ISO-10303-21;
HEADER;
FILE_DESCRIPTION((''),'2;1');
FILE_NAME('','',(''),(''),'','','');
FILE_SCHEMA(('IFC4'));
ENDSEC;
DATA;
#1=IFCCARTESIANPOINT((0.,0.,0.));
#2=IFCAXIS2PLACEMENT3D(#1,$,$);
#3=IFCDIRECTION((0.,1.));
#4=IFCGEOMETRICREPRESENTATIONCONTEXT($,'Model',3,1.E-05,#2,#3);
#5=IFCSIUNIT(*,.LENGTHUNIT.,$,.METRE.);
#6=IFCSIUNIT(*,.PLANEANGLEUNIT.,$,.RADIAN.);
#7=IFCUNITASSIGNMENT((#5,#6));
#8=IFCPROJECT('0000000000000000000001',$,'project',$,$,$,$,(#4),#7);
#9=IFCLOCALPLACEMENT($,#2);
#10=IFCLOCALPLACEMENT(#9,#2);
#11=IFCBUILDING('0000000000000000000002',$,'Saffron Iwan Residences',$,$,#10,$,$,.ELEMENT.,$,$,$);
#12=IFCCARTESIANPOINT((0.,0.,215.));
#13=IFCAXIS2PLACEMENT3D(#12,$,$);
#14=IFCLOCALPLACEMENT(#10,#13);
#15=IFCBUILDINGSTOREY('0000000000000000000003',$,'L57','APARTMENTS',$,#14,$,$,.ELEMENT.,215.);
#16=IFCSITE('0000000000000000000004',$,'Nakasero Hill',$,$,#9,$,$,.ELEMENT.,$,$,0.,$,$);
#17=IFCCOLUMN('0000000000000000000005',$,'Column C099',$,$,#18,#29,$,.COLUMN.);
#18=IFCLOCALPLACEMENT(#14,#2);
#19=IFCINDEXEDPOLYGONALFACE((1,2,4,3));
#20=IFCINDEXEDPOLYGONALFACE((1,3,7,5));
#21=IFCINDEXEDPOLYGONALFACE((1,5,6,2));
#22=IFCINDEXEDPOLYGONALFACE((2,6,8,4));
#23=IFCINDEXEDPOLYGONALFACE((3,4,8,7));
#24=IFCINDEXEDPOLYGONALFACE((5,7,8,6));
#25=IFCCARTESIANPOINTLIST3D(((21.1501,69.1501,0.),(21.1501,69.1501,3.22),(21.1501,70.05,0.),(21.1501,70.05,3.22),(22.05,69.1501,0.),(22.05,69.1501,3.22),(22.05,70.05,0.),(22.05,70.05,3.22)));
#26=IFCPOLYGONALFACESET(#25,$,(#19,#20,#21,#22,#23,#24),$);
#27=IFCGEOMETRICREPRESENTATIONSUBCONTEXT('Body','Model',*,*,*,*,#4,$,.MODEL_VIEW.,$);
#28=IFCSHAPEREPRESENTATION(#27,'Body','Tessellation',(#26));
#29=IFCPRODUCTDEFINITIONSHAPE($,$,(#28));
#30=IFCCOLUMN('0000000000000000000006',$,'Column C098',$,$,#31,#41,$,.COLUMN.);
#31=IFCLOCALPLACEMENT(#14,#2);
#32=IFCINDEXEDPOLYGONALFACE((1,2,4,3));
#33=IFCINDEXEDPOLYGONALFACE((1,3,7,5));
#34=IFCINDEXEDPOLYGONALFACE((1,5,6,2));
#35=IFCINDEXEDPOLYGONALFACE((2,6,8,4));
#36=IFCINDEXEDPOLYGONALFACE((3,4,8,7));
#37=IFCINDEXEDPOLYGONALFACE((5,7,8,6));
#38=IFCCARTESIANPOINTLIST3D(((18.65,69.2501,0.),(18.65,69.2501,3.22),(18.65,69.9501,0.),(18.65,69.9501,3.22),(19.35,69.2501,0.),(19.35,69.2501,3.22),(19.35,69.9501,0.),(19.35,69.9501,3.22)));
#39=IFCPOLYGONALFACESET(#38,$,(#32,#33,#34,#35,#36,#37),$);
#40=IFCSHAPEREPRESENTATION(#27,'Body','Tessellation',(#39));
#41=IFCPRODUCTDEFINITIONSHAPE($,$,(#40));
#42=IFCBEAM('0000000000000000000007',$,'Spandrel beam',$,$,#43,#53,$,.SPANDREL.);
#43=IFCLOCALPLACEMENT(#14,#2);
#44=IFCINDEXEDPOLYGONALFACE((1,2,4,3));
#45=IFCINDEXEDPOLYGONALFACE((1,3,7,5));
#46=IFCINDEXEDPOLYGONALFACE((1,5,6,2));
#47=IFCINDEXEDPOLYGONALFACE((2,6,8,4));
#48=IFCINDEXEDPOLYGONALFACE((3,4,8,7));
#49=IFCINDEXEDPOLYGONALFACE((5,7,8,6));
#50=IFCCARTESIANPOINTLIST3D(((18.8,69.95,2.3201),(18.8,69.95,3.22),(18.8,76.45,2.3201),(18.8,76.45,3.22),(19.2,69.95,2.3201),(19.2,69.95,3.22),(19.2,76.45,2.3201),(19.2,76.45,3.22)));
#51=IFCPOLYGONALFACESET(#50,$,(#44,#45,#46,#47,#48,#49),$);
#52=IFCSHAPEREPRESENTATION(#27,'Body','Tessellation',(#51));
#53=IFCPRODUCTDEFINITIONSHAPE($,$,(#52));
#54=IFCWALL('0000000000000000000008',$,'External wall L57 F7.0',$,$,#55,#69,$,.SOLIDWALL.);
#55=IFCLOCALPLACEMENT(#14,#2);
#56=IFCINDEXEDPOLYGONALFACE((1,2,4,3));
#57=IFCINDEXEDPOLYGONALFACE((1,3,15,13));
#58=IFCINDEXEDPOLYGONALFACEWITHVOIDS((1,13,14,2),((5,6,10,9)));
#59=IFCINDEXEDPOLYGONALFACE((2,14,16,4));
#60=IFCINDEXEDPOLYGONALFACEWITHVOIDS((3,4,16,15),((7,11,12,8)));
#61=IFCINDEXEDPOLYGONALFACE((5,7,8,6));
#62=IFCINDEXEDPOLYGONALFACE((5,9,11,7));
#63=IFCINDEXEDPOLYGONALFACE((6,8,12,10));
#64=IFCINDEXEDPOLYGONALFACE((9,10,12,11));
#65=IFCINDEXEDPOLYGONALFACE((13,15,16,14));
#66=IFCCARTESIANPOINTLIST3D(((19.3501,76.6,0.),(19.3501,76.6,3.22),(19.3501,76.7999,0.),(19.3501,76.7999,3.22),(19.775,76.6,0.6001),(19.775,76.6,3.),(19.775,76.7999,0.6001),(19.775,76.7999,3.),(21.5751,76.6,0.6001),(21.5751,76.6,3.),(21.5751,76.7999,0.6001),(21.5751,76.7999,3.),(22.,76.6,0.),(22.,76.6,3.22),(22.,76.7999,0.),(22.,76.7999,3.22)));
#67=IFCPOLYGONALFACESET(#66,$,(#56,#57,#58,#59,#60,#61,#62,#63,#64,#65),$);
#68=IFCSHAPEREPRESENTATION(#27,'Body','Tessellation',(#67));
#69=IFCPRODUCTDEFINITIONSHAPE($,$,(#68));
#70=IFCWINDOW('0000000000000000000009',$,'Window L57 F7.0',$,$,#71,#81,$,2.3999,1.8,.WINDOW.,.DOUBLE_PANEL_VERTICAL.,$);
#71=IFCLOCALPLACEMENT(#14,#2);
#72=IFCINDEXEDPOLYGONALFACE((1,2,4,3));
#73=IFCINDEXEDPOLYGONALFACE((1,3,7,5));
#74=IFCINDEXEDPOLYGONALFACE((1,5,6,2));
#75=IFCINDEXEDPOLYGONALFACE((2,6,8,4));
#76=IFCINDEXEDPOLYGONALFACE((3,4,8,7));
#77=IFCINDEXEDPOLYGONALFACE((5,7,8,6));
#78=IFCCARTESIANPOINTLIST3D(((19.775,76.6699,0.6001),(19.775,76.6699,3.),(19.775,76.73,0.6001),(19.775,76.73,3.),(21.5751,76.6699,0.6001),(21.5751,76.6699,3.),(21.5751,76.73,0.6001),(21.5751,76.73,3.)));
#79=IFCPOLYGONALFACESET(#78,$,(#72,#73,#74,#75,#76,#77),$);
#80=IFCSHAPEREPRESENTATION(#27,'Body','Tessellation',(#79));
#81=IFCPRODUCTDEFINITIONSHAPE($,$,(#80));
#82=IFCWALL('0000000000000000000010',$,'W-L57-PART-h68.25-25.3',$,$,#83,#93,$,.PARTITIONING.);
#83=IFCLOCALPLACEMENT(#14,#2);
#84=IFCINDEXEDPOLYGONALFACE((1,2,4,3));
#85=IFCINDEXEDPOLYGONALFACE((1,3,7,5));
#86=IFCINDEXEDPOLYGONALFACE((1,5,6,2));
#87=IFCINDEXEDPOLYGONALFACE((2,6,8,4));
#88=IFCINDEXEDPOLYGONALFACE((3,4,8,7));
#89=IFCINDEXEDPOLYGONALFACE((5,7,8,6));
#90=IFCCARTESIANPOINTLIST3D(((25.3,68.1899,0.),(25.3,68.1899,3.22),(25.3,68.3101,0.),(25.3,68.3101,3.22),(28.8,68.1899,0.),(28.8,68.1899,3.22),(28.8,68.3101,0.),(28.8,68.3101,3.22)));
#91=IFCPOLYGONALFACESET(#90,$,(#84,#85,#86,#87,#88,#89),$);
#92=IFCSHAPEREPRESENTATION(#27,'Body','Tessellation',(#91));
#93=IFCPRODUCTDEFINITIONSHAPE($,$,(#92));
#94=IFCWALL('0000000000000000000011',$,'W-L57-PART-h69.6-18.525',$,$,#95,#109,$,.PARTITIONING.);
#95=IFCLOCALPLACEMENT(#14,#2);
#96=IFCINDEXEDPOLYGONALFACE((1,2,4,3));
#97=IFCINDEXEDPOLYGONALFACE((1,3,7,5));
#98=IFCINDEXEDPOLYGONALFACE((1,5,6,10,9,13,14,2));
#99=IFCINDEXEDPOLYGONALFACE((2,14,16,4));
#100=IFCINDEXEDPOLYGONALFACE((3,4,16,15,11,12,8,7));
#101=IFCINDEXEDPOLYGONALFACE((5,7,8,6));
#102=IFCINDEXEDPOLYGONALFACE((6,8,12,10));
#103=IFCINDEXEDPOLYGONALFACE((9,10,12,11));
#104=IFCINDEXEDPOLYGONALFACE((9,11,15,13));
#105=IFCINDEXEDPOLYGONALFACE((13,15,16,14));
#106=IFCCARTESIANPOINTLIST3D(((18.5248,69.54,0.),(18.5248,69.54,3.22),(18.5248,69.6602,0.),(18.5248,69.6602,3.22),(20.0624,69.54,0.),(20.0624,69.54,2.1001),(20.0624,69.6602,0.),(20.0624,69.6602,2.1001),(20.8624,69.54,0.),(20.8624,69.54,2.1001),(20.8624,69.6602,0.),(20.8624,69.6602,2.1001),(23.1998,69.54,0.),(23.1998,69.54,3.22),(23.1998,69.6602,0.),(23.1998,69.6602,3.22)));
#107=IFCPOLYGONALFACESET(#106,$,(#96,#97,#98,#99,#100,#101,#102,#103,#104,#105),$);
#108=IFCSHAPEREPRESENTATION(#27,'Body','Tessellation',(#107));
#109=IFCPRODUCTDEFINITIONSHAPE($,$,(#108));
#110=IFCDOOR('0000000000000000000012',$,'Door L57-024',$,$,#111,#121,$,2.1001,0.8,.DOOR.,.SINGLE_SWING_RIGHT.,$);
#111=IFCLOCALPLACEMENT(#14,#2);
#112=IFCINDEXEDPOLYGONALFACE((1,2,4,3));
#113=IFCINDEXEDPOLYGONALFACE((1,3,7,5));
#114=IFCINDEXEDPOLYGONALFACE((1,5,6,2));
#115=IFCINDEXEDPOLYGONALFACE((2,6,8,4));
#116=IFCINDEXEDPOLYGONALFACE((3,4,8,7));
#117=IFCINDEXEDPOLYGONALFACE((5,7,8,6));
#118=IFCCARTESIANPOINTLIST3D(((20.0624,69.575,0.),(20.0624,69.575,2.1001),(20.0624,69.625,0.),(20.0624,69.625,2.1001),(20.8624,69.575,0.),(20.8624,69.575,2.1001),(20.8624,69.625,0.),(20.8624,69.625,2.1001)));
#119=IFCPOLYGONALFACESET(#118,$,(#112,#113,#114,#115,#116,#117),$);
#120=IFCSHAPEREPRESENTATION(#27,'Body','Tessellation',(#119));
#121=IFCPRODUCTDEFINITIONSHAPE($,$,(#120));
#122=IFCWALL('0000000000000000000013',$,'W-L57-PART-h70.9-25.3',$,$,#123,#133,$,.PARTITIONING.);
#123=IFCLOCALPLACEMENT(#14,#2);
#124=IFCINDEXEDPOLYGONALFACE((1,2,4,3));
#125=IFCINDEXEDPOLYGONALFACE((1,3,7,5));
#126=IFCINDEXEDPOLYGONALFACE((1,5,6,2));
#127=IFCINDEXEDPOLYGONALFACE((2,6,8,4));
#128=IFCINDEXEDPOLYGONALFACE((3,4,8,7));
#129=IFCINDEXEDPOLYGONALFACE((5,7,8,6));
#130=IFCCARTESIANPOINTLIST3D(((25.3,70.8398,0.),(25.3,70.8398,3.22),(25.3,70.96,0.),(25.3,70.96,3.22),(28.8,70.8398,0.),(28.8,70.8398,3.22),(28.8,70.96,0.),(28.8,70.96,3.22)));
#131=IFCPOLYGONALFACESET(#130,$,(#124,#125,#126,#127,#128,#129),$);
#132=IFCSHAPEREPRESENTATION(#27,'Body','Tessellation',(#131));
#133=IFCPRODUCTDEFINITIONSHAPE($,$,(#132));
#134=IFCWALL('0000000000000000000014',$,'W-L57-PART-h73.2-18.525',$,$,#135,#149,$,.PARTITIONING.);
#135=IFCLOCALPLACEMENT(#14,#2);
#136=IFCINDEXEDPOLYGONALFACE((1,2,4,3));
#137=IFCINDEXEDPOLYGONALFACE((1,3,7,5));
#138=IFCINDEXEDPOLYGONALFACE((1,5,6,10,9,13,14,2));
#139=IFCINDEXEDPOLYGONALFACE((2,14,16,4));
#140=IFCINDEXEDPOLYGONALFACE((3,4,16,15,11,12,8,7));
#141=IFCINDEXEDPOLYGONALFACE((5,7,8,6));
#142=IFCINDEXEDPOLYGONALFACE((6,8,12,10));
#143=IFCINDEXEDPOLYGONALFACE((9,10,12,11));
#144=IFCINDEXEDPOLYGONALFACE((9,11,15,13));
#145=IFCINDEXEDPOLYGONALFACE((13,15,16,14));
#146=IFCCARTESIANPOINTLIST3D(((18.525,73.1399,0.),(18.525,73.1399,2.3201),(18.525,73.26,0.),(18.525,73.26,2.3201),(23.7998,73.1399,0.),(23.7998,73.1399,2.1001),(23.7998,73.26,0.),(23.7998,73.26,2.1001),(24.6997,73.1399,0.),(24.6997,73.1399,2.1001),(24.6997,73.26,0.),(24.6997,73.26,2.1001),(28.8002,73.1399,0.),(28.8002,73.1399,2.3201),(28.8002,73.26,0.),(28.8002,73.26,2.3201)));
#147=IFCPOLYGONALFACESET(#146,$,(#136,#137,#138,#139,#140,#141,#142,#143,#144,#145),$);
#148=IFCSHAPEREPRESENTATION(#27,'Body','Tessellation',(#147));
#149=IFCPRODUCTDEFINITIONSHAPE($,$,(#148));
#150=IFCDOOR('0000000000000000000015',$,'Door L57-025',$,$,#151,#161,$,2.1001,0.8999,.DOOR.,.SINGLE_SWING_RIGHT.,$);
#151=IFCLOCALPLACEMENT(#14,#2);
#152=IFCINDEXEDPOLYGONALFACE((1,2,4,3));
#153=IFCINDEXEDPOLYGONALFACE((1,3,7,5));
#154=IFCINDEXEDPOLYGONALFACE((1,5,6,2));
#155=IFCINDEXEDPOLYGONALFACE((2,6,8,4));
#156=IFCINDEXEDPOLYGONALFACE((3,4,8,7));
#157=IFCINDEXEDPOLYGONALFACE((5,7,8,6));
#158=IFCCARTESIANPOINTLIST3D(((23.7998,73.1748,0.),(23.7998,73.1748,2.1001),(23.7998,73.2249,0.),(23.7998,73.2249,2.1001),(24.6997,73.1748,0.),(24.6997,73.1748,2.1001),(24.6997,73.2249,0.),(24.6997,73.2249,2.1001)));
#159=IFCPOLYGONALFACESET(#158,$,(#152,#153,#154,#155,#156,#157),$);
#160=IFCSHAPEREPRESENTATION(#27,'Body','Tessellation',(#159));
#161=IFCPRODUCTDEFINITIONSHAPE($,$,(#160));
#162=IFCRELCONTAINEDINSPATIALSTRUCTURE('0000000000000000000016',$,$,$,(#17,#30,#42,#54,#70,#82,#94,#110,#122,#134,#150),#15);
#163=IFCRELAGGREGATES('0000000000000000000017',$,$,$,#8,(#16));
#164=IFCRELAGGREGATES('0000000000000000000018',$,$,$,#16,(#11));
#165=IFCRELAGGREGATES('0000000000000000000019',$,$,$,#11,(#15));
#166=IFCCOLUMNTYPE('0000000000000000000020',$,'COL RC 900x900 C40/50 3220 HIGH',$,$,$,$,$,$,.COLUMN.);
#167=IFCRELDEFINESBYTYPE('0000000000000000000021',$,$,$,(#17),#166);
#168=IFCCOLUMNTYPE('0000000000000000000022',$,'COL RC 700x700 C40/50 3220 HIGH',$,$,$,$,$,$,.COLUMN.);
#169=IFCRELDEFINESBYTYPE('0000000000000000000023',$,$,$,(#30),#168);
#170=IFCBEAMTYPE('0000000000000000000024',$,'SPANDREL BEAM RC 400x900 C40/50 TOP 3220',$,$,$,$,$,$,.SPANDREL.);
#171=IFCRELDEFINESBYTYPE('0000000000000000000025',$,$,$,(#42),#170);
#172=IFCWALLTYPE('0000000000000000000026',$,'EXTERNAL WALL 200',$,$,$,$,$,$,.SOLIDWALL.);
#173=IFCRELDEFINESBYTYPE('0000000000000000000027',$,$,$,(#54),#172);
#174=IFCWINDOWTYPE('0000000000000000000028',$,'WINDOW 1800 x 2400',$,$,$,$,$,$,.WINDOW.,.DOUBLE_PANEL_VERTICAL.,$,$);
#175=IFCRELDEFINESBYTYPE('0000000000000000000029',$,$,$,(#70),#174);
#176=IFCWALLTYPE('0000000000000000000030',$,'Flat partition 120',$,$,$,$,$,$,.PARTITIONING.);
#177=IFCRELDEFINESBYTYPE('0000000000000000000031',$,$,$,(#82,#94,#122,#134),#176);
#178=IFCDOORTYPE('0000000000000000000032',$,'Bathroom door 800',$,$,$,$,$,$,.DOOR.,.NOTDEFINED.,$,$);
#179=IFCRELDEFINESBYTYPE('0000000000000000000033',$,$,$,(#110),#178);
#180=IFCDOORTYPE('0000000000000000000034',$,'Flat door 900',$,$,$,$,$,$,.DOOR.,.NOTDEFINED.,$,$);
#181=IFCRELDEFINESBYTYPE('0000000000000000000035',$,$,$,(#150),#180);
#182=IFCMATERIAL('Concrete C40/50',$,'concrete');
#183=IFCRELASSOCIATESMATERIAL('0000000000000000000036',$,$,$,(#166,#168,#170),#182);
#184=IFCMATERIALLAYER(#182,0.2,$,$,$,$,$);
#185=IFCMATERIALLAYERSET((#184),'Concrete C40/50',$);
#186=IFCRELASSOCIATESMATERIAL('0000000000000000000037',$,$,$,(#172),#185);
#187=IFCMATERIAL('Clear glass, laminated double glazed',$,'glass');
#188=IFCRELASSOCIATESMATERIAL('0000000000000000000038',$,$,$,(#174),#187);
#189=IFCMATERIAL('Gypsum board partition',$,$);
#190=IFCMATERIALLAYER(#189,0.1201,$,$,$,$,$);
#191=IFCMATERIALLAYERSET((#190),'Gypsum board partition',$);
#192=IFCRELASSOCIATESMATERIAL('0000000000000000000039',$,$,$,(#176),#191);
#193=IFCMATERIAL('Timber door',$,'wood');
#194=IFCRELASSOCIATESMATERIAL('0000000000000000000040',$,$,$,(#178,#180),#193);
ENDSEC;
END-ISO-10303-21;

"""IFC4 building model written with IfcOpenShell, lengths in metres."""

from ifc_helpers import new_model, si_unit, direction, frame, frame_2d, origin, origin_2d, place, context, subcontext, project, spatial, rectangle, extrude, source, transform, mapped, material, layer, layer_set, material_profile, profile_set, type_object, element, fill, save


model = new_model("IFC4")

# Units and contexts
model_context = context("Model", 3, precision=1e-05, world=origin(), true_north=direction((0.0, 1.0)))
body_context = subcontext(model_context, "Body", "Model", "MODEL_VIEW")
ifc_project = project(units=[si_unit("LENGTHUNIT", "METRE"), si_unit("PLANEANGLEUNIT", "RADIAN")], contexts=[model_context])

# Site, building, storey
site_placement = place(None, origin())
site = spatial("IfcSite", under=ifc_project, at=site_placement, Name="Nakasero Hill", CompositionType="ELEMENT", RefElevation=0.0)
building_placement = place(site_placement, origin())
building = spatial("IfcBuilding", under=site, at=building_placement, Name="Saffron Iwan Residences", CompositionType="ELEMENT")
storey_placement = place(building_placement, frame((0.0, 0.0, 215.0)))
storey = spatial("IfcBuildingStorey", under=building, at=storey_placement, Name="L57", Description="APARTMENTS", CompositionType="ELEMENT", Elevation=215.0)

# Columns
ifc_material_1 = material(Name="Concrete C40/50", Category="concrete")
ifc_material_profile_1 = material_profile(ifc_material_1, rectangle(XDim=0.8999, YDim=0.8999, at=origin_2d()), Name="RC 900x900")
ifc_profile_set_1 = profile_set([ifc_material_profile_1], Name="Concrete C40/50")
column_type_1 = type_object("IfcColumnType", Name="COL RC 900x900 C40/50 3220 HIGH", PredefinedType="COLUMN", material=ifc_profile_set_1)
shared_shape_1 = source(origin(), body_context, "Body", "SweptSolid", [
    extrude(rectangle(XDim=0.8999, YDim=0.8999, at=origin_2d()), origin(), (0.0, 0.0, 1.0), 3.22),
])
column_1_placement = place(storey_placement, frame((21.6001, 69.6001, 0.0), z_axis=(0.0, 0.0, 1.0), x_axis=(1.0, 0.0, 0.0)))
element("IfcColumn", 1, at=column_1_placement, inside=storey, type_object=column_type_1, Name="Column C099", PredefinedType="COLUMN", context=body_context, shape_type="MappedRepresentation", body=[
    mapped(shared_shape_1, transform((0.0, 0.0, 0.0))),
])
ifc_material_profile_2 = material_profile(ifc_material_1, rectangle(XDim=0.7, YDim=0.7, at=origin_2d()), Name="RC 700x700")
ifc_profile_set_2 = profile_set([ifc_material_profile_2], Name="Concrete C40/50")
column_type_2 = type_object("IfcColumnType", Name="COL RC 700x700 C40/50 3220 HIGH", PredefinedType="COLUMN", material=ifc_profile_set_2)
shared_shape_2 = source(origin(), body_context, "Body", "SweptSolid", [
    extrude(rectangle(XDim=0.7, YDim=0.7, at=origin_2d()), origin(), (0.0, 0.0, 1.0), 3.22),
])
column_2_placement = place(storey_placement, frame((19.0, 69.6001, 0.0), z_axis=(0.0, 0.0, 1.0), x_axis=(1.0, 0.0, 0.0)))
element("IfcColumn", 2, at=column_2_placement, inside=storey, type_object=column_type_2, Name="Column C098", PredefinedType="COLUMN", context=body_context, shape_type="MappedRepresentation", body=[
    mapped(shared_shape_2, transform((0.0, 0.0, 0.0))),
])

# Beam
ifc_material_profile_3 = material_profile(ifc_material_1, rectangle(XDim=0.3999, YDim=0.8999, at=origin_2d()), Name="RC 400x900")
ifc_profile_set_3 = profile_set([ifc_material_profile_3], Name="Concrete C40/50")
beam_type = type_object("IfcBeamType", Name="SPANDREL BEAM RC 400x900 C40/50 TOP 3220", PredefinedType="SPANDREL", material=ifc_profile_set_3)
shared_shape_3 = source(origin(), body_context, "Body", "SweptSolid", [
    extrude(rectangle(XDim=0.3999, YDim=0.8999, at=origin_2d()), origin(), (0.0, 0.0, 1.0), 6.5),
])
beam_placement = place(storey_placement, frame((19.0, 69.95, 2.77), z_axis=(0.0, 1.0, 0.0), x_axis=(-1.0, 0.0, 0.0)))
element("IfcBeam", 3, at=beam_placement, inside=storey, type_object=beam_type, Name="Spandrel beam", PredefinedType="SPANDREL", context=body_context, shape_type="MappedRepresentation", body=[
    mapped(shared_shape_3, transform((0.0, 0.0, 0.0))),
])

# Wall, opening, window
ifc_layer_1 = layer(ifc_material_1, 0.2)
ifc_layer_set_1 = layer_set([ifc_layer_1], Name="Concrete C40/50")
wall_type_1 = type_object("IfcWallType", Name="EXTERNAL WALL 200", PredefinedType="SOLIDWALL", material=ifc_layer_set_1)
wall_1_placement = place(storey_placement, frame((22.0, 76.7, 0.0), z_axis=(0.0, 0.0, 1.0), x_axis=(-1.0, 0.0, 0.0)))
wall_1 = element("IfcWall", 4, at=wall_1_placement, inside=storey, type_object=wall_type_1, Name="External wall L57 F7.0", PredefinedType="SOLIDWALL", context=body_context, shape_type="SweptSolid", body=[
    extrude(rectangle(XDim=2.6499, YDim=0.2, at=frame_2d((1.325, 0.0))), origin(), (0.0, 0.0, 1.0), 3.22),
])
opening_1_placement = place(wall_1_placement, frame((0.425, 0.0, 0.6001)))
opening_1 = element("IfcOpeningElement", 5, at=opening_1_placement, cuts=wall_1, PredefinedType="OPENING", context=body_context, shape_type="SweptSolid", body=[
    extrude(rectangle(XDim=1.8, YDim=2.3999, at=frame_2d((0.8999, 1.2))), frame((0.0, 0.1099, 0.0), z_axis=(0.0, -1.0, 0.0), x_axis=(1.0, 0.0, 0.0)), (0.0, 0.0, 1.0), 0.22),
])
ifc_material_2 = material(Name="Clear glass, laminated double glazed", Category="glass")
window_type_1 = type_object("IfcWindowType", Name="WINDOW 1800 x 2400", PartitioningType="DOUBLE_PANEL_VERTICAL", PredefinedType="WINDOW", material=ifc_material_2)
window_1_placement = place(opening_1_placement, origin())
window_1 = element("IfcWindow", 6, at=window_1_placement, inside=storey, type_object=window_type_1, Name="Window L57 F7.0", OverallHeight=2.3999, OverallWidth=1.8, PartitioningType="DOUBLE_PANEL_VERTICAL", PredefinedType="WINDOW", context=body_context, shape_type="SweptSolid", body=[
    extrude(rectangle(XDim=1.8, YDim=2.3999, at=frame_2d((0.8999, 1.2))), frame((0.0, 0.03, 0.0), z_axis=(0.0, -1.0, 0.0), x_axis=(1.0, 0.0, 0.0)), (0.0, 0.0, 1.0), 0.0601),
])
fill(opening_1, window_1)

# Wall
ifc_material_3 = material(Name="Gypsum board partition")
ifc_layer_2 = layer(ifc_material_3, 0.1201)
ifc_layer_set_2 = layer_set([ifc_layer_2], Name="Gypsum board partition")
wall_type_2 = type_object("IfcWallType", Name="Flat partition 120", PredefinedType="PARTITIONING", material=ifc_layer_set_2)
wall_2_placement = place(storey_placement, frame((25.3, 68.25, 0.0), z_axis=(0.0, 0.0, 1.0), x_axis=(1.0, 0.0, 0.0)))
element("IfcWall", 7, at=wall_2_placement, inside=storey, type_object=wall_type_2, Name="W-L57-PART-h68.25-25.3", PredefinedType="PARTITIONING", context=body_context, shape_type="SweptSolid", body=[
    extrude(rectangle(XDim=3.5, YDim=0.1201, at=frame_2d((1.75, 0.0))), origin(), (0.0, 0.0, 1.0), 3.22),
])

# Wall, opening, door
wall_3_placement = place(storey_placement, frame((18.5249, 69.6001, 0.0), z_axis=(0.0, 0.0, 1.0), x_axis=(1.0, 0.0, 0.0)))
wall_3 = element("IfcWall", 8, at=wall_3_placement, inside=storey, type_object=wall_type_2, Name="W-L57-PART-h69.6-18.525", PredefinedType="PARTITIONING", context=body_context, shape_type="SweptSolid", body=[
    extrude(rectangle(XDim=4.675, YDim=0.1201, at=frame_2d((2.3374, 0.0))), origin(), (0.0, 0.0, 1.0), 3.22),
])
opening_2_placement = place(wall_3_placement, frame((1.5376, 0.0, 0.0)))
opening_2 = element("IfcOpeningElement", 9, at=opening_2_placement, cuts=wall_3, PredefinedType="OPENING", context=body_context, shape_type="SweptSolid", body=[
    extrude(rectangle(XDim=0.8, YDim=2.1001, at=frame_2d((0.3999, 1.05))), frame((0.0, 0.0701, 0.0), z_axis=(0.0, -1.0, 0.0), x_axis=(1.0, 0.0, 0.0)), (0.0, 0.0, 1.0), 0.1401),
])
ifc_material_4 = material(Name="Timber door", Category="wood")
door_type_1 = type_object("IfcDoorType", Name="Bathroom door 800", OperationType="NOTDEFINED", PredefinedType="DOOR", material=ifc_material_4)
door_1_placement = place(opening_2_placement, origin())
door_1 = element("IfcDoor", 10, at=door_1_placement, inside=storey, type_object=door_type_1, Name="Door L57-024", OperationType="SINGLE_SWING_RIGHT", OverallHeight=2.1001, OverallWidth=0.8, PredefinedType="DOOR", context=body_context, shape_type="SweptSolid", body=[
    extrude(rectangle(XDim=0.8, YDim=2.1001, at=frame_2d((0.3999, 1.05))), frame((0.0, 0.0249, 0.0), z_axis=(0.0, -1.0, 0.0), x_axis=(1.0, 0.0, 0.0)), (0.0, 0.0, 1.0), 0.05),
])
fill(opening_2, door_1)

# Wall
wall_4_placement = place(storey_placement, frame((25.3, 70.8999, 0.0), z_axis=(0.0, 0.0, 1.0), x_axis=(1.0, 0.0, 0.0)))
element("IfcWall", 11, at=wall_4_placement, inside=storey, type_object=wall_type_2, Name="W-L57-PART-h70.9-25.3", PredefinedType="PARTITIONING", context=body_context, shape_type="SweptSolid", body=[
    extrude(rectangle(XDim=3.5, YDim=0.1201, at=frame_2d((1.75, 0.0))), origin(), (0.0, 0.0, 1.0), 3.22),
])

# Wall, opening, door
wall_5_placement = place(storey_placement, frame((18.5249, 73.2, 0.0), z_axis=(0.0, 0.0, 1.0), x_axis=(1.0, 0.0, 0.0)))
wall_5 = element("IfcWall", 12, at=wall_5_placement, inside=storey, type_object=wall_type_2, Name="W-L57-PART-h73.2-18.525", PredefinedType="PARTITIONING", context=body_context, shape_type="SweptSolid", body=[
    extrude(rectangle(XDim=10.2751, YDim=0.1201, at=frame_2d((5.1377, 0.0))), origin(), (0.0, 0.0, 1.0), 2.3201),
])
opening_3_placement = place(wall_5_placement, frame((5.2749, 0.0, 0.0)))
opening_3 = element("IfcOpeningElement", 13, at=opening_3_placement, cuts=wall_5, PredefinedType="OPENING", context=body_context, shape_type="SweptSolid", body=[
    extrude(rectangle(XDim=0.8999, YDim=2.1001, at=frame_2d((0.45, 1.05))), frame((0.0, 0.0701, 0.0), z_axis=(0.0, -1.0, 0.0), x_axis=(1.0, 0.0, 0.0)), (0.0, 0.0, 1.0), 0.1401),
])
door_type_2 = type_object("IfcDoorType", Name="Flat door 900", OperationType="NOTDEFINED", PredefinedType="DOOR", material=ifc_material_4)
door_2_placement = place(opening_3_placement, origin())
door_2 = element("IfcDoor", 14, at=door_2_placement, inside=storey, type_object=door_type_2, Name="Door L57-025", OperationType="SINGLE_SWING_RIGHT", OverallHeight=2.1001, OverallWidth=0.8999, PredefinedType="DOOR", context=body_context, shape_type="SweptSolid", body=[
    extrude(rectangle(XDim=0.8999, YDim=2.1001, at=frame_2d((0.45, 1.05))), frame((0.0, 0.0249, 0.0), z_axis=(0.0, -1.0, 0.0), x_axis=(1.0, 0.0, 0.0)), (0.0, 0.0, 1.0), 0.05),
])
fill(opening_3, door_2)

save(model, "model.ifc")
